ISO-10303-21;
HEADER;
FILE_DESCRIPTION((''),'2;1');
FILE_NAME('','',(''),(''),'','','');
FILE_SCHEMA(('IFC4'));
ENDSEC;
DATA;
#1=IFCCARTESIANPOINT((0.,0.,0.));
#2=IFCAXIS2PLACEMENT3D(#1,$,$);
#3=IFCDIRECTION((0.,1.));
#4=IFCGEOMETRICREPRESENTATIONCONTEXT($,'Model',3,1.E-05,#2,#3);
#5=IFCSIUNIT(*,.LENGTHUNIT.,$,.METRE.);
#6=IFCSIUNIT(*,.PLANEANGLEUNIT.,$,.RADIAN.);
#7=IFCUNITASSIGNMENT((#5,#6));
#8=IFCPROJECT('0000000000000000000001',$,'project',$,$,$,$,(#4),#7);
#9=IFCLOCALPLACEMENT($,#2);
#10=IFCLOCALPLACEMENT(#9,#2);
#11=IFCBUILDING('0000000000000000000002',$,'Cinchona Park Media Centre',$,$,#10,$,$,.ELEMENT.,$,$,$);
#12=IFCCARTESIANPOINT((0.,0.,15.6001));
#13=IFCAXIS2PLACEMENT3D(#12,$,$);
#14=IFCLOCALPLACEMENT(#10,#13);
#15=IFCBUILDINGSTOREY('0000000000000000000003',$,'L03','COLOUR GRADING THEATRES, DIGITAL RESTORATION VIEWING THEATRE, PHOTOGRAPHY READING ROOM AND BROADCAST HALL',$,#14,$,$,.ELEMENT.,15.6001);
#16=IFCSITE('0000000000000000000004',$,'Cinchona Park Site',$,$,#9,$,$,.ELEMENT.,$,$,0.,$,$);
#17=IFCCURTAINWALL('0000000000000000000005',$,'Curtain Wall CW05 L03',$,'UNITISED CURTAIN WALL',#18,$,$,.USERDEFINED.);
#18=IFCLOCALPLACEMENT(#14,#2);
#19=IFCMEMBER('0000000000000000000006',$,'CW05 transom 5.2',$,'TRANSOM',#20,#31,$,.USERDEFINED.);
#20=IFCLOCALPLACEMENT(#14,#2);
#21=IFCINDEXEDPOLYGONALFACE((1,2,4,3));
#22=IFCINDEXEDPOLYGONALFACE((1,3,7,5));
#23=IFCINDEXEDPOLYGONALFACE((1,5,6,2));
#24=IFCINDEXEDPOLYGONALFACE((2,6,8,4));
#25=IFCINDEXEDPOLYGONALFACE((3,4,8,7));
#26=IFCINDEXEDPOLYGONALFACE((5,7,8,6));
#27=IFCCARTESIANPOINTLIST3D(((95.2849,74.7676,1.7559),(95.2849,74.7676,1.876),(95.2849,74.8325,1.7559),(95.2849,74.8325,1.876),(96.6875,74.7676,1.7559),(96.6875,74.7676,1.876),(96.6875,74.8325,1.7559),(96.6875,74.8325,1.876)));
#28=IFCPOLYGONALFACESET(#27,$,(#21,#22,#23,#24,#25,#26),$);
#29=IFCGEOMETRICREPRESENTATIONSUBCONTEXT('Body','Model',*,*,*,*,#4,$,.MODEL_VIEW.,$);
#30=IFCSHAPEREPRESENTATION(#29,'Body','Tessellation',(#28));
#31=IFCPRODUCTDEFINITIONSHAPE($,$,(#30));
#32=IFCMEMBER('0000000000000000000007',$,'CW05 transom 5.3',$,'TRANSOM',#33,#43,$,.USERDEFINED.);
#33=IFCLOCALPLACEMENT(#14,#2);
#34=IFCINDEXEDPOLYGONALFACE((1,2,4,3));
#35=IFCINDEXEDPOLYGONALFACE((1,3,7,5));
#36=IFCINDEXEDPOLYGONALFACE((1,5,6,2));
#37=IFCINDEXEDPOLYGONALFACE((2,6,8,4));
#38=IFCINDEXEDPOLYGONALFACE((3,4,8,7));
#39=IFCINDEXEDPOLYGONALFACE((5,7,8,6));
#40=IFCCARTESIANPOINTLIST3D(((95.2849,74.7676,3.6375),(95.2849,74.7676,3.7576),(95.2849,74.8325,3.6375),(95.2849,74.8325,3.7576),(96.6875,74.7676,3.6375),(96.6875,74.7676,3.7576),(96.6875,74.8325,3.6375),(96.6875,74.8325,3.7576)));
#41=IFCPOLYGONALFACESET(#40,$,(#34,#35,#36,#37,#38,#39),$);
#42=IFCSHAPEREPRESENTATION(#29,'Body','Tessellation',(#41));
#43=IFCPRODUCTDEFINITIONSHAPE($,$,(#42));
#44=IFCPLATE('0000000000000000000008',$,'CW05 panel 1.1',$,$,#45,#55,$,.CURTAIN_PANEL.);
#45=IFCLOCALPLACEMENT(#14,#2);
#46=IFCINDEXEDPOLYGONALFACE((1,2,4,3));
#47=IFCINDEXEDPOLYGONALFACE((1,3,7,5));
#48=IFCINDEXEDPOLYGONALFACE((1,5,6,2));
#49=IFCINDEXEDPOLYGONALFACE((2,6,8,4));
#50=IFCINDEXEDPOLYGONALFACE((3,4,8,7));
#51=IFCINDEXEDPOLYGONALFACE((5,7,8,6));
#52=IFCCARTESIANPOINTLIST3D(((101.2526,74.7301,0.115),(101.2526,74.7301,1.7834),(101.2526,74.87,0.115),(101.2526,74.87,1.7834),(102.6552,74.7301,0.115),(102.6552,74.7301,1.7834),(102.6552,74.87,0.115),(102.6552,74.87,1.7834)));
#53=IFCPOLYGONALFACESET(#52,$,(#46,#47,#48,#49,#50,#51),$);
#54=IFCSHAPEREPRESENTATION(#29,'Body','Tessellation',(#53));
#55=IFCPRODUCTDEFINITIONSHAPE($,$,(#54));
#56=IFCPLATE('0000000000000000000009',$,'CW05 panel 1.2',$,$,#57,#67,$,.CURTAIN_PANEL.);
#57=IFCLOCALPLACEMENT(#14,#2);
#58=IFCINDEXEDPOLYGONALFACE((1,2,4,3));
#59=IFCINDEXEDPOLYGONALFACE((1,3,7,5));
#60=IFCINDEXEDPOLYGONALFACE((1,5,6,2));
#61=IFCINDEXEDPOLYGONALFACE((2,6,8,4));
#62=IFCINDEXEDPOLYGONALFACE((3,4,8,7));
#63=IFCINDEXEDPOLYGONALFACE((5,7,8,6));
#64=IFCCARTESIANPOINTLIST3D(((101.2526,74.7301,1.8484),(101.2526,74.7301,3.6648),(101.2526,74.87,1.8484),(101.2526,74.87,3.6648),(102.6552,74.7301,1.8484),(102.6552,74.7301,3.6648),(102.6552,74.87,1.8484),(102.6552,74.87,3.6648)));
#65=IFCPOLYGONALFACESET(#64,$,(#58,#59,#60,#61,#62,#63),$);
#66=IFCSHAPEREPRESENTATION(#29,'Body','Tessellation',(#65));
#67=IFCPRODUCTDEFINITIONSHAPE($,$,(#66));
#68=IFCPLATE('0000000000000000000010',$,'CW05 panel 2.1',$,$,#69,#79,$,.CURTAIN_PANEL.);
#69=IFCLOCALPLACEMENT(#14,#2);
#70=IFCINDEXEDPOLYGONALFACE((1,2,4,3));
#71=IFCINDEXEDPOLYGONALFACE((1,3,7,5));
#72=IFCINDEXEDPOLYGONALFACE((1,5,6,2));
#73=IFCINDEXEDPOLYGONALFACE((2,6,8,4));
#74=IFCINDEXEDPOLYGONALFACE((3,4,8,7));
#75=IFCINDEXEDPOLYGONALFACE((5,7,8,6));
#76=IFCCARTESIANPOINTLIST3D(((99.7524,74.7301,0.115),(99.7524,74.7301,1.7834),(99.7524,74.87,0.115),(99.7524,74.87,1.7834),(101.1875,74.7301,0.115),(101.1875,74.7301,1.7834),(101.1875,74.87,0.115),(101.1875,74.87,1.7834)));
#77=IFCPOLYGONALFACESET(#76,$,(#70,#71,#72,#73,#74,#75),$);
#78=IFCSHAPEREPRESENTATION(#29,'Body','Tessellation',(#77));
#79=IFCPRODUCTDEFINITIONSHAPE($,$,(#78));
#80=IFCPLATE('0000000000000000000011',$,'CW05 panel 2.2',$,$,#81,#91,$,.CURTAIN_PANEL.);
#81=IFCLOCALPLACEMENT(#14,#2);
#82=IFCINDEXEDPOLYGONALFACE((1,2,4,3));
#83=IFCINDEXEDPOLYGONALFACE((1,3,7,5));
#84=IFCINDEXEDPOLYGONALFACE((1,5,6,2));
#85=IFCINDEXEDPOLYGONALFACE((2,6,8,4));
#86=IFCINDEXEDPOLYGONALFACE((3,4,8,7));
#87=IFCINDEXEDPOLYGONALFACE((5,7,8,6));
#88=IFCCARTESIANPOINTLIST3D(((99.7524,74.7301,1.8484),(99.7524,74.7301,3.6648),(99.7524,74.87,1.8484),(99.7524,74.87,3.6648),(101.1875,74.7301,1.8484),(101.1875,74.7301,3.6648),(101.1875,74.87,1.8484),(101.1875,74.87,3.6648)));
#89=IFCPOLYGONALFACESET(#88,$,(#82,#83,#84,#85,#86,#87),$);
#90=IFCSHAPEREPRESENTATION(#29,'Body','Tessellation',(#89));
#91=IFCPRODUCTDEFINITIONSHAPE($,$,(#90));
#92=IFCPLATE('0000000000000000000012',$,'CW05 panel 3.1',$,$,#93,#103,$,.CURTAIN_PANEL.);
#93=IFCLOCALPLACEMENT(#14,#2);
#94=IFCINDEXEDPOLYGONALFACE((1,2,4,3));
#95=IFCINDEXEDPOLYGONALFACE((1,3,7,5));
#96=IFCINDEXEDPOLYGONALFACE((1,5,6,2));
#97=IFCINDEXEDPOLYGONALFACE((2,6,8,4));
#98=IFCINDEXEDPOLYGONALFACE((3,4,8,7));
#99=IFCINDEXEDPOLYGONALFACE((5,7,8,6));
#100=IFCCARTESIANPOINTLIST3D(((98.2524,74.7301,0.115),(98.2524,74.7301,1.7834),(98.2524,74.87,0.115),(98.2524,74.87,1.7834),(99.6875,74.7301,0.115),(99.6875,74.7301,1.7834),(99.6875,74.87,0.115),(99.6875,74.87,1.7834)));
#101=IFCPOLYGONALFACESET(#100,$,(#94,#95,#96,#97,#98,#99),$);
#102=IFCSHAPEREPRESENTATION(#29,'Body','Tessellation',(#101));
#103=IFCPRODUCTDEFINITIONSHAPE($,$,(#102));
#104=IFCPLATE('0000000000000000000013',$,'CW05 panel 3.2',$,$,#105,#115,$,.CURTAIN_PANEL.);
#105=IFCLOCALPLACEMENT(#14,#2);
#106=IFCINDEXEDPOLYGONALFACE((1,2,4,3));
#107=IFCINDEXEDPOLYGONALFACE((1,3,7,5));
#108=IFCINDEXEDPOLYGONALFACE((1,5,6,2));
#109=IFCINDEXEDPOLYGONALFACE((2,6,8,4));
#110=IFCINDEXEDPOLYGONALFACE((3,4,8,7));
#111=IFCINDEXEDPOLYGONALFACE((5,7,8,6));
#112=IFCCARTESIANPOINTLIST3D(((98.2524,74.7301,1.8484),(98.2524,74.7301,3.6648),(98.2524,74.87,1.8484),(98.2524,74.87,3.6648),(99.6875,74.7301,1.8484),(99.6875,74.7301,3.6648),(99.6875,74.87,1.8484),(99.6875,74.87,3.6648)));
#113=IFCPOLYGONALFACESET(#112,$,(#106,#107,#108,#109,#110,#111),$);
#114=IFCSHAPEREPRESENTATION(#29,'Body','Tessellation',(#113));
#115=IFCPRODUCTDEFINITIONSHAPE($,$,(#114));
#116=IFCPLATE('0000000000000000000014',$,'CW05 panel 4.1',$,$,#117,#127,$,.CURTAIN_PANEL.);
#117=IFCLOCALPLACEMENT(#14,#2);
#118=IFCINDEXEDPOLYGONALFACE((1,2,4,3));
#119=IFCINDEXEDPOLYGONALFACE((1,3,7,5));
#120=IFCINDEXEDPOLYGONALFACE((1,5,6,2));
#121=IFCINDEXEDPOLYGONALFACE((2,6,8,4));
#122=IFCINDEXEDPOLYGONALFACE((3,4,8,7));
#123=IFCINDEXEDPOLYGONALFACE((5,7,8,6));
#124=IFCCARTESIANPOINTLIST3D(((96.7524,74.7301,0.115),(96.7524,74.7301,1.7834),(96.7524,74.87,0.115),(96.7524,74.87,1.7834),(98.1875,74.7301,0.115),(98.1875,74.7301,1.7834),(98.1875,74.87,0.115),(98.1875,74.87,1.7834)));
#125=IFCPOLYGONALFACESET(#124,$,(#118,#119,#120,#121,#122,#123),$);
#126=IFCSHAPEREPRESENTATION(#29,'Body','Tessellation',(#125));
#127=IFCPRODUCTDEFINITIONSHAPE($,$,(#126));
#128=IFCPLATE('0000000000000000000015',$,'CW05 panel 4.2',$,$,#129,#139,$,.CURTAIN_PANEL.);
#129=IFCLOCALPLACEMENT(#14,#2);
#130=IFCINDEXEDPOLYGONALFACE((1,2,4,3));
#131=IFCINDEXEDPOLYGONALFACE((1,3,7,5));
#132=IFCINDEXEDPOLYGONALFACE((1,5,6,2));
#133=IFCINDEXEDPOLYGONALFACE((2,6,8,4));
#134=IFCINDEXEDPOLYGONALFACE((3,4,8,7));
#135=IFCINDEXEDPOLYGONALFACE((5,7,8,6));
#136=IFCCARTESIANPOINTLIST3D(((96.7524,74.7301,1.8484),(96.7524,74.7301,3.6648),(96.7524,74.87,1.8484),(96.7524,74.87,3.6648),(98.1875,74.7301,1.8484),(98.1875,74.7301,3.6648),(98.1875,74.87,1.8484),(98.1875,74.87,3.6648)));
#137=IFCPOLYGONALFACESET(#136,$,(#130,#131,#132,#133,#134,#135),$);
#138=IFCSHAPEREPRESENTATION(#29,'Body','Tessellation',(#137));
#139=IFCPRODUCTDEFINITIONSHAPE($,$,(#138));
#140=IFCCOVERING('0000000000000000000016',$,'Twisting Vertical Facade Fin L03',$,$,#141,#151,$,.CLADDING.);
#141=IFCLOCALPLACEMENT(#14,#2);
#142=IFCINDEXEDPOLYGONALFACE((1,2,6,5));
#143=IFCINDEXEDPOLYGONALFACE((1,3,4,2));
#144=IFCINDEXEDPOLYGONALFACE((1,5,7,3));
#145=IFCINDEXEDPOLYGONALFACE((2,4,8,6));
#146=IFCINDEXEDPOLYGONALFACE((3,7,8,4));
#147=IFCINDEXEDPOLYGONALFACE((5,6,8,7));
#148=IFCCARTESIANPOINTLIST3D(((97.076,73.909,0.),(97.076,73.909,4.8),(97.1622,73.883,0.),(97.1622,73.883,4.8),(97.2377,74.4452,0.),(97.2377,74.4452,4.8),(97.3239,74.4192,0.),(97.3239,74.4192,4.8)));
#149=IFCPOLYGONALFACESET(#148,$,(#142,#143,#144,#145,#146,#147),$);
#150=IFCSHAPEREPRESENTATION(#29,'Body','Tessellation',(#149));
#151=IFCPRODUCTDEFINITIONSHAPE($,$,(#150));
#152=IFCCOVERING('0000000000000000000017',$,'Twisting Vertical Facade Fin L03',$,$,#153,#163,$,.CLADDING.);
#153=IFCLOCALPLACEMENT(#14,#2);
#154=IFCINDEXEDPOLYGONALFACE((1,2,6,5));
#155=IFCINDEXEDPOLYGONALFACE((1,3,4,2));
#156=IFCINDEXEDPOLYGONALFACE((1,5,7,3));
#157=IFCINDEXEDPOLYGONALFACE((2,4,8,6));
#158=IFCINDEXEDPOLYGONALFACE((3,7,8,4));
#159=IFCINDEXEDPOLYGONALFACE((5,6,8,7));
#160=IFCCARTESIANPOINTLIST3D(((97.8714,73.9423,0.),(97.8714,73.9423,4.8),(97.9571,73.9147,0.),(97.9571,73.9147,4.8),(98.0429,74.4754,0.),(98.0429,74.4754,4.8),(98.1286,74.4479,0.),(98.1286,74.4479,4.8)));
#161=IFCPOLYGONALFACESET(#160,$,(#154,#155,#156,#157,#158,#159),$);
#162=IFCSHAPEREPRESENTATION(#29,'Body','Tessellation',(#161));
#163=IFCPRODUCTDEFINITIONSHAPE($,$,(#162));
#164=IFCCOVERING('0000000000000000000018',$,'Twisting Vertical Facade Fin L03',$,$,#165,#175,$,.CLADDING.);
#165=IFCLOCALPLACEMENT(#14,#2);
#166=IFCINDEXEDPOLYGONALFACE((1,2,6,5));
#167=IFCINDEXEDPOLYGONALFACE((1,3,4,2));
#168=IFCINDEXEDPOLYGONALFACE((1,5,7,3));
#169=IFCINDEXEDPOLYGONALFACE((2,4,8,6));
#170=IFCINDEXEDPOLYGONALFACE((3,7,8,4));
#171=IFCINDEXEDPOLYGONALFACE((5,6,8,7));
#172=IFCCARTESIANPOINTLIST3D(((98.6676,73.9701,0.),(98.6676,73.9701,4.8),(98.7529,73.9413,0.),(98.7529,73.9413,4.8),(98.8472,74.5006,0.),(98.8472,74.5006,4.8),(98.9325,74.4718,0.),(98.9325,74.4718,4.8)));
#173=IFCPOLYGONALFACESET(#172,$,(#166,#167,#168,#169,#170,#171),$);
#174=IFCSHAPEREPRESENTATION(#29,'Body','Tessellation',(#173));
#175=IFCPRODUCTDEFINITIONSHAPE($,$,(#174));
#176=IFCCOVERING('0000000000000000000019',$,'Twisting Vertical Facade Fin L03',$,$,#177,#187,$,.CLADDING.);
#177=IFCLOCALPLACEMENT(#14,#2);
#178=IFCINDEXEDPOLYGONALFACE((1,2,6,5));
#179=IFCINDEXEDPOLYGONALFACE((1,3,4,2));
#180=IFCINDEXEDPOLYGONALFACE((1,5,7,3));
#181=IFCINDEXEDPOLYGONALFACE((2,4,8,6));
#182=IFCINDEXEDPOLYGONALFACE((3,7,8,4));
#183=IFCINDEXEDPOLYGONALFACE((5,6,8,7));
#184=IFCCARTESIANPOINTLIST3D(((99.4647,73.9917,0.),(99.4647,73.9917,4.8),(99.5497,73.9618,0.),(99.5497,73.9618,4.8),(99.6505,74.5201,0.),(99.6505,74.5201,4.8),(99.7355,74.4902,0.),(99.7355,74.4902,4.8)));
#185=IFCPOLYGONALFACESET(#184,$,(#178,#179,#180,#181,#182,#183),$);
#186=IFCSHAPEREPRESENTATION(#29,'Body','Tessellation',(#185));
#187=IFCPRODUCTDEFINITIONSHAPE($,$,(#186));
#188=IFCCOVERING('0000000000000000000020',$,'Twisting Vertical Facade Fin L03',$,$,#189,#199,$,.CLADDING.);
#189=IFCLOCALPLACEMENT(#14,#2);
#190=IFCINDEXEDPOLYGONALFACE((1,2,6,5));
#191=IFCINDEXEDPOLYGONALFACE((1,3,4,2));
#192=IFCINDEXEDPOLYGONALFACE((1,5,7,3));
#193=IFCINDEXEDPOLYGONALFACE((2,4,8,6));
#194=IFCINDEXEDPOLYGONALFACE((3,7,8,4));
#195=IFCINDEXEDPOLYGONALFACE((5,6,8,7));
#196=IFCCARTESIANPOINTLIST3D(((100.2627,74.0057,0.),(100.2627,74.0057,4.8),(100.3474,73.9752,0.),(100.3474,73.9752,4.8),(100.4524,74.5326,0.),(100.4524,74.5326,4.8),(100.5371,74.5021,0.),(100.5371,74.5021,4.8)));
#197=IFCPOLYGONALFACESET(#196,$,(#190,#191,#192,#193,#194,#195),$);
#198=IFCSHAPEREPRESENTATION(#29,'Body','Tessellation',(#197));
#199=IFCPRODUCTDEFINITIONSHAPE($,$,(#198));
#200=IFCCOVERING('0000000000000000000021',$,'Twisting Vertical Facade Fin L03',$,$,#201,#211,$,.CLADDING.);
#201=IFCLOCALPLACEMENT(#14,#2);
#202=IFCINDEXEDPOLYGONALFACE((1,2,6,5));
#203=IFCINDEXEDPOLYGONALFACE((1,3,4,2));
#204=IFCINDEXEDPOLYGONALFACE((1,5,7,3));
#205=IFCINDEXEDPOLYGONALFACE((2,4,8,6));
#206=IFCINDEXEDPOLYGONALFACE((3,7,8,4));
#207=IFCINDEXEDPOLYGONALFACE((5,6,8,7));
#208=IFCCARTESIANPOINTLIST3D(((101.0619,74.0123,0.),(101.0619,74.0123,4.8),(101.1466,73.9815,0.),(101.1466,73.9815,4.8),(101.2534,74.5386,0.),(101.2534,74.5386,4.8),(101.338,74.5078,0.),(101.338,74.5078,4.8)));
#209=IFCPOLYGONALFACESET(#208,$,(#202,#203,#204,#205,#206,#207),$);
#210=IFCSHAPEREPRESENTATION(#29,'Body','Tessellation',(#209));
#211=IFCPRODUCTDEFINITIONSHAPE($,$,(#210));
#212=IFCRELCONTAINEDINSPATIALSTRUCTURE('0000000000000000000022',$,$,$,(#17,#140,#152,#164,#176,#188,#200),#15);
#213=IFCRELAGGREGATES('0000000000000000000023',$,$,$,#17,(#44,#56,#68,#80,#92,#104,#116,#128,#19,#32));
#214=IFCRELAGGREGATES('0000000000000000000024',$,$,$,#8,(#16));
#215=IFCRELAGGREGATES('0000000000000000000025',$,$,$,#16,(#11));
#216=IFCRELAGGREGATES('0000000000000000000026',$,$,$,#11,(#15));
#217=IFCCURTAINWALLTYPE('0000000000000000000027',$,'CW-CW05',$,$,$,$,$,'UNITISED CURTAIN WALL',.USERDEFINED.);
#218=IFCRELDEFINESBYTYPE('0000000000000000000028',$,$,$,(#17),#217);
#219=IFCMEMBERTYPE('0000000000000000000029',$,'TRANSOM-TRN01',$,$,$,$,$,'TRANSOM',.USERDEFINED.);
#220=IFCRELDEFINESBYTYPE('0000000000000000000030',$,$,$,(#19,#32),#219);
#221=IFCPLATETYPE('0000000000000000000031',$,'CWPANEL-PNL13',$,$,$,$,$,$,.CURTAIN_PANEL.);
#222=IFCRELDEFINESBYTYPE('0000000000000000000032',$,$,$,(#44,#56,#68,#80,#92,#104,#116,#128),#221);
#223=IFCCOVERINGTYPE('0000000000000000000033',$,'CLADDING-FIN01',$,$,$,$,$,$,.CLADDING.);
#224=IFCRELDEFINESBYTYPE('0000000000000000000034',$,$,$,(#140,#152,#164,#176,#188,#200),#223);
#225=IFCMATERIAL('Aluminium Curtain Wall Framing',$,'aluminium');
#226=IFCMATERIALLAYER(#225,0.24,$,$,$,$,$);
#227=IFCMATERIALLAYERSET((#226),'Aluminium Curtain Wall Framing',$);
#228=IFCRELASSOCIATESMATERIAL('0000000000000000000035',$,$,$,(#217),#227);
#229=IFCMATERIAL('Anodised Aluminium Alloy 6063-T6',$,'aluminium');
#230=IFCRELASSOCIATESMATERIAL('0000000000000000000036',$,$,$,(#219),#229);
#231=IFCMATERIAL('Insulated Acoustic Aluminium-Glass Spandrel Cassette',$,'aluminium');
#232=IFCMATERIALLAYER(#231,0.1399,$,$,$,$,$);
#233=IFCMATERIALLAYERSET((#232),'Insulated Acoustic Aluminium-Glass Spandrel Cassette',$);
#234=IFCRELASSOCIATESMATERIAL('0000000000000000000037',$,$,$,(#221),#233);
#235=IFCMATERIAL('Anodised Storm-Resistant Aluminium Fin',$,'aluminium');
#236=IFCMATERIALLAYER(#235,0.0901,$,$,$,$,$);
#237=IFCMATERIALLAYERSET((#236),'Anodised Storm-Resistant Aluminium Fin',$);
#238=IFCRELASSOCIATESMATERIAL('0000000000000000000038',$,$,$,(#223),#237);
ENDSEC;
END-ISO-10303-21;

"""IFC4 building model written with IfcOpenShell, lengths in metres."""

from ifc_helpers import new_model, si_unit, direction, frame, origin, origin_2d, place, context, subcontext, project, spatial, rectangle, extrude, material, layer, layer_set, material_profile, profile_set, type_object, element, aggregate, save


model = new_model("IFC4")

# Units and contexts
model_context = context("Model", 3, precision=1e-05, world=origin(), true_north=direction((0.0, 1.0)))
body_context = subcontext(model_context, "Body", "Model", "MODEL_VIEW")
ifc_project = project(units=[si_unit("LENGTHUNIT", "METRE"), si_unit("PLANEANGLEUNIT", "RADIAN")], contexts=[model_context])

# Site, building, storey
site_placement = place(None, origin())
site = spatial("IfcSite", under=ifc_project, at=site_placement, Name="Cinchona Park Site", CompositionType="ELEMENT", RefElevation=0.0)
building_placement = place(site_placement, origin())
building = spatial("IfcBuilding", under=site, at=building_placement, Name="Cinchona Park Media Centre", CompositionType="ELEMENT")
storey_placement = place(building_placement, frame((0.0, 0.0, 15.6001)))
storey = spatial("IfcBuildingStorey", under=building, at=storey_placement, Name="L03", Description="COLOUR GRADING THEATRES, DIGITAL RESTORATION VIEWING THEATRE, PHOTOGRAPHY READING ROOM AND BROADCAST HALL", CompositionType="ELEMENT", Elevation=15.6001)

# Curtain wall, members, plates
ifc_material_1 = material(Name="Aluminium Curtain Wall Framing", Category="aluminium")
ifc_layer_1 = layer(ifc_material_1, 0.24)
ifc_layer_set_1 = layer_set([ifc_layer_1], Name="Aluminium Curtain Wall Framing")
curtain_wall_type = type_object("IfcCurtainWallType", Name="CW-CW05", ElementType="UNITISED CURTAIN WALL", PredefinedType="USERDEFINED", material=ifc_layer_set_1)
curtain_wall_placement = place(storey_placement, origin())
curtain_wall = element("IfcCurtainWall", 1, at=curtain_wall_placement, inside=storey, type_object=curtain_wall_type, Name="Curtain Wall CW05 L03", ObjectType="UNITISED CURTAIN WALL", PredefinedType="USERDEFINED")
ifc_material_2 = material(Name="Anodised Aluminium Alloy 6063-T6", Category="aluminium")
ifc_material_profile_1 = material_profile(ifc_material_2, rectangle(XDim=0.0649, YDim=0.1201, at=origin_2d()), Name="TRN-65X120")
ifc_profile_set_1 = profile_set([ifc_material_profile_1], Name="Anodised Aluminium Alloy 6063-T6")
member_type_1 = type_object("IfcMemberType", Name="TRANSOM-TRN01", ElementType="TRANSOM", PredefinedType="USERDEFINED", material=ifc_profile_set_1)
member_1_placement = place(storey_placement, frame((96.6875, 74.8, 1.8159), z_axis=(-1.0, 0.0, 0.0), x_axis=(0.0, -1.0, 0.0)))
member_1 = element("IfcMember", 2, at=member_1_placement, type_object=member_type_1, Name="CW05 transom 5.2", ObjectType="TRANSOM", PredefinedType="USERDEFINED", context=body_context, shape_type="SweptSolid", body=[
    extrude(rectangle(XDim=0.0649, YDim=0.1201, at=origin_2d()), origin(), (0.0, 0.0, 1.0), 1.4026),
])
member_2_placement = place(storey_placement, frame((96.6875, 74.8, 3.6975), z_axis=(-1.0, 0.0, 0.0), x_axis=(0.0, -1.0, 0.0)))
member_2 = element("IfcMember", 3, at=member_2_placement, type_object=member_type_1, Name="CW05 transom 5.3", ObjectType="TRANSOM", PredefinedType="USERDEFINED", context=body_context, shape_type="SweptSolid", body=[
    extrude(rectangle(XDim=0.0649, YDim=0.1201, at=origin_2d()), origin(), (0.0, 0.0, 1.0), 1.4026),
])
ifc_material_3 = material(Name="Insulated Acoustic Aluminium-Glass Spandrel Cassette", Category="aluminium")
ifc_layer_2 = layer(ifc_material_3, 0.1399)
ifc_layer_set_2 = layer_set([ifc_layer_2], Name="Insulated Acoustic Aluminium-Glass Spandrel Cassette")
plate_type = type_object("IfcPlateType", Name="CWPANEL-PNL13", PredefinedType="CURTAIN_PANEL", material=ifc_layer_set_2)
plate_1_placement = place(storey_placement, frame((101.9539, 74.8, 0.115), z_axis=(0.0, 0.0, 1.0), x_axis=(-1.0, 0.0, 0.0)))
plate_1 = element("IfcPlate", 4, at=plate_1_placement, type_object=plate_type, Name="CW05 panel 1.1", PredefinedType="CURTAIN_PANEL", context=body_context, shape_type="SweptSolid", body=[
    extrude(rectangle(XDim=1.4026, YDim=0.1399, at=origin_2d()), origin(), (0.0, 0.0, 1.0), 1.6685),
])
plate_2_placement = place(storey_placement, frame((101.9539, 74.8, 1.8484), z_axis=(0.0, 0.0, 1.0), x_axis=(-1.0, 0.0, 0.0)))
plate_2 = element("IfcPlate", 5, at=plate_2_placement, type_object=plate_type, Name="CW05 panel 1.2", PredefinedType="CURTAIN_PANEL", context=body_context, shape_type="SweptSolid", body=[
    extrude(rectangle(XDim=1.4026, YDim=0.1399, at=origin_2d()), origin(), (0.0, 0.0, 1.0), 1.8164),
])
plate_3_placement = place(storey_placement, frame((100.47, 74.8, 0.115), z_axis=(0.0, 0.0, 1.0), x_axis=(-1.0, 0.0, 0.0)))
plate_3 = element("IfcPlate", 6, at=plate_3_placement, type_object=plate_type, Name="CW05 panel 2.1", PredefinedType="CURTAIN_PANEL", context=body_context, shape_type="SweptSolid", body=[
    extrude(rectangle(XDim=1.4351, YDim=0.1399, at=origin_2d()), origin(), (0.0, 0.0, 1.0), 1.6685),
])
plate_4_placement = place(storey_placement, frame((100.47, 74.8, 1.8484), z_axis=(0.0, 0.0, 1.0), x_axis=(-1.0, 0.0, 0.0)))
plate_4 = element("IfcPlate", 7, at=plate_4_placement, type_object=plate_type, Name="CW05 panel 2.2", PredefinedType="CURTAIN_PANEL", context=body_context, shape_type="SweptSolid", body=[
    extrude(rectangle(XDim=1.4351, YDim=0.1399, at=origin_2d()), origin(), (0.0, 0.0, 1.0), 1.8164),
])
plate_5_placement = place(storey_placement, frame((98.97, 74.8, 0.115), z_axis=(0.0, 0.0, 1.0), x_axis=(-1.0, 0.0, 0.0)))
plate_5 = element("IfcPlate", 8, at=plate_5_placement, type_object=plate_type, Name="CW05 panel 3.1", PredefinedType="CURTAIN_PANEL", context=body_context, shape_type="SweptSolid", body=[
    extrude(rectangle(XDim=1.4351, YDim=0.1399, at=origin_2d()), origin(), (0.0, 0.0, 1.0), 1.6685),
])
plate_6_placement = place(storey_placement, frame((98.97, 74.8, 1.8484), z_axis=(0.0, 0.0, 1.0), x_axis=(-1.0, 0.0, 0.0)))
plate_6 = element("IfcPlate", 9, at=plate_6_placement, type_object=plate_type, Name="CW05 panel 3.2", PredefinedType="CURTAIN_PANEL", context=body_context, shape_type="SweptSolid", body=[
    extrude(rectangle(XDim=1.4351, YDim=0.1399, at=origin_2d()), origin(), (0.0, 0.0, 1.0), 1.8164),
])
plate_7_placement = place(storey_placement, frame((97.47, 74.8, 0.115), z_axis=(0.0, 0.0, 1.0), x_axis=(-1.0, 0.0, 0.0)))
plate_7 = element("IfcPlate", 10, at=plate_7_placement, type_object=plate_type, Name="CW05 panel 4.1", PredefinedType="CURTAIN_PANEL", context=body_context, shape_type="SweptSolid", body=[
    extrude(rectangle(XDim=1.4351, YDim=0.1399, at=origin_2d()), origin(), (0.0, 0.0, 1.0), 1.6685),
])
plate_8_placement = place(storey_placement, frame((97.47, 74.8, 1.8484), z_axis=(0.0, 0.0, 1.0), x_axis=(-1.0, 0.0, 0.0)))
plate_8 = element("IfcPlate", 11, at=plate_8_placement, type_object=plate_type, Name="CW05 panel 4.2", PredefinedType="CURTAIN_PANEL", context=body_context, shape_type="SweptSolid", body=[
    extrude(rectangle(XDim=1.4351, YDim=0.1399, at=origin_2d()), origin(), (0.0, 0.0, 1.0), 1.8164),
])
aggregate(curtain_wall, [plate_1, plate_2, plate_3, plate_4, plate_5, plate_6, plate_7, plate_8, member_1, member_2])

# Coverings
ifc_material_4 = material(Name="Anodised Storm-Resistant Aluminium Fin", Category="aluminium")
ifc_layer_3 = layer(ifc_material_4, 0.0901)
ifc_layer_set_3 = layer_set([ifc_layer_3], Name="Anodised Storm-Resistant Aluminium Fin")
covering_type = type_object("IfcCoveringType", Name="CLADDING-FIN01", PredefinedType="CLADDING", material=ifc_layer_set_3)
for number, where, z_axis, x_axis, name in (
    (12, (97.2, 74.1641, 0.0), (0.0, 0.0, 1.0), (0.288698, 0.95742, 0.0), "Twisting Vertical Facade Fin L03"),
    (13, (98.0, 74.1951, 0.0), (0.0, 0.0, 1.0), (0.306194, 0.951969, 0.0), "Twisting Vertical Facade Fin L03"),
    (14, (98.8, 74.2209, 0.0), (0.0, 0.0, 1.0), (0.320613, 0.94721, 0.0), "Twisting Vertical Facade Fin L03"),
    (15, (99.6001, 74.241, 0.0), (0.0, 0.0, 1.0), (0.331667, 0.943396, 0.0), "Twisting Vertical Facade Fin L03"),
    (16, (100.3999, 74.2539, 0.0), (0.0, 0.0, 1.0), (0.338738, 0.940881, 0.0), "Twisting Vertical Facade Fin L03"),
    (17, (101.2, 74.26, 0.0), (0.0, 0.0, 1.0), (0.341856, 0.939752, 0.0), "Twisting Vertical Facade Fin L03"),
):
    element("IfcCovering", number, at=place(storey_placement, frame(where, z_axis=z_axis, x_axis=x_axis)), inside=storey, type_object=covering_type, Name=name, PredefinedType="CLADDING", context=body_context, shape_type="SweptSolid", body=[
        extrude(rectangle(XDim=0.5601, YDim=0.0901, at=origin_2d()), origin(), (0.0, 0.0, 1.0), 4.8),
    ])

save(model, "model.ifc")
